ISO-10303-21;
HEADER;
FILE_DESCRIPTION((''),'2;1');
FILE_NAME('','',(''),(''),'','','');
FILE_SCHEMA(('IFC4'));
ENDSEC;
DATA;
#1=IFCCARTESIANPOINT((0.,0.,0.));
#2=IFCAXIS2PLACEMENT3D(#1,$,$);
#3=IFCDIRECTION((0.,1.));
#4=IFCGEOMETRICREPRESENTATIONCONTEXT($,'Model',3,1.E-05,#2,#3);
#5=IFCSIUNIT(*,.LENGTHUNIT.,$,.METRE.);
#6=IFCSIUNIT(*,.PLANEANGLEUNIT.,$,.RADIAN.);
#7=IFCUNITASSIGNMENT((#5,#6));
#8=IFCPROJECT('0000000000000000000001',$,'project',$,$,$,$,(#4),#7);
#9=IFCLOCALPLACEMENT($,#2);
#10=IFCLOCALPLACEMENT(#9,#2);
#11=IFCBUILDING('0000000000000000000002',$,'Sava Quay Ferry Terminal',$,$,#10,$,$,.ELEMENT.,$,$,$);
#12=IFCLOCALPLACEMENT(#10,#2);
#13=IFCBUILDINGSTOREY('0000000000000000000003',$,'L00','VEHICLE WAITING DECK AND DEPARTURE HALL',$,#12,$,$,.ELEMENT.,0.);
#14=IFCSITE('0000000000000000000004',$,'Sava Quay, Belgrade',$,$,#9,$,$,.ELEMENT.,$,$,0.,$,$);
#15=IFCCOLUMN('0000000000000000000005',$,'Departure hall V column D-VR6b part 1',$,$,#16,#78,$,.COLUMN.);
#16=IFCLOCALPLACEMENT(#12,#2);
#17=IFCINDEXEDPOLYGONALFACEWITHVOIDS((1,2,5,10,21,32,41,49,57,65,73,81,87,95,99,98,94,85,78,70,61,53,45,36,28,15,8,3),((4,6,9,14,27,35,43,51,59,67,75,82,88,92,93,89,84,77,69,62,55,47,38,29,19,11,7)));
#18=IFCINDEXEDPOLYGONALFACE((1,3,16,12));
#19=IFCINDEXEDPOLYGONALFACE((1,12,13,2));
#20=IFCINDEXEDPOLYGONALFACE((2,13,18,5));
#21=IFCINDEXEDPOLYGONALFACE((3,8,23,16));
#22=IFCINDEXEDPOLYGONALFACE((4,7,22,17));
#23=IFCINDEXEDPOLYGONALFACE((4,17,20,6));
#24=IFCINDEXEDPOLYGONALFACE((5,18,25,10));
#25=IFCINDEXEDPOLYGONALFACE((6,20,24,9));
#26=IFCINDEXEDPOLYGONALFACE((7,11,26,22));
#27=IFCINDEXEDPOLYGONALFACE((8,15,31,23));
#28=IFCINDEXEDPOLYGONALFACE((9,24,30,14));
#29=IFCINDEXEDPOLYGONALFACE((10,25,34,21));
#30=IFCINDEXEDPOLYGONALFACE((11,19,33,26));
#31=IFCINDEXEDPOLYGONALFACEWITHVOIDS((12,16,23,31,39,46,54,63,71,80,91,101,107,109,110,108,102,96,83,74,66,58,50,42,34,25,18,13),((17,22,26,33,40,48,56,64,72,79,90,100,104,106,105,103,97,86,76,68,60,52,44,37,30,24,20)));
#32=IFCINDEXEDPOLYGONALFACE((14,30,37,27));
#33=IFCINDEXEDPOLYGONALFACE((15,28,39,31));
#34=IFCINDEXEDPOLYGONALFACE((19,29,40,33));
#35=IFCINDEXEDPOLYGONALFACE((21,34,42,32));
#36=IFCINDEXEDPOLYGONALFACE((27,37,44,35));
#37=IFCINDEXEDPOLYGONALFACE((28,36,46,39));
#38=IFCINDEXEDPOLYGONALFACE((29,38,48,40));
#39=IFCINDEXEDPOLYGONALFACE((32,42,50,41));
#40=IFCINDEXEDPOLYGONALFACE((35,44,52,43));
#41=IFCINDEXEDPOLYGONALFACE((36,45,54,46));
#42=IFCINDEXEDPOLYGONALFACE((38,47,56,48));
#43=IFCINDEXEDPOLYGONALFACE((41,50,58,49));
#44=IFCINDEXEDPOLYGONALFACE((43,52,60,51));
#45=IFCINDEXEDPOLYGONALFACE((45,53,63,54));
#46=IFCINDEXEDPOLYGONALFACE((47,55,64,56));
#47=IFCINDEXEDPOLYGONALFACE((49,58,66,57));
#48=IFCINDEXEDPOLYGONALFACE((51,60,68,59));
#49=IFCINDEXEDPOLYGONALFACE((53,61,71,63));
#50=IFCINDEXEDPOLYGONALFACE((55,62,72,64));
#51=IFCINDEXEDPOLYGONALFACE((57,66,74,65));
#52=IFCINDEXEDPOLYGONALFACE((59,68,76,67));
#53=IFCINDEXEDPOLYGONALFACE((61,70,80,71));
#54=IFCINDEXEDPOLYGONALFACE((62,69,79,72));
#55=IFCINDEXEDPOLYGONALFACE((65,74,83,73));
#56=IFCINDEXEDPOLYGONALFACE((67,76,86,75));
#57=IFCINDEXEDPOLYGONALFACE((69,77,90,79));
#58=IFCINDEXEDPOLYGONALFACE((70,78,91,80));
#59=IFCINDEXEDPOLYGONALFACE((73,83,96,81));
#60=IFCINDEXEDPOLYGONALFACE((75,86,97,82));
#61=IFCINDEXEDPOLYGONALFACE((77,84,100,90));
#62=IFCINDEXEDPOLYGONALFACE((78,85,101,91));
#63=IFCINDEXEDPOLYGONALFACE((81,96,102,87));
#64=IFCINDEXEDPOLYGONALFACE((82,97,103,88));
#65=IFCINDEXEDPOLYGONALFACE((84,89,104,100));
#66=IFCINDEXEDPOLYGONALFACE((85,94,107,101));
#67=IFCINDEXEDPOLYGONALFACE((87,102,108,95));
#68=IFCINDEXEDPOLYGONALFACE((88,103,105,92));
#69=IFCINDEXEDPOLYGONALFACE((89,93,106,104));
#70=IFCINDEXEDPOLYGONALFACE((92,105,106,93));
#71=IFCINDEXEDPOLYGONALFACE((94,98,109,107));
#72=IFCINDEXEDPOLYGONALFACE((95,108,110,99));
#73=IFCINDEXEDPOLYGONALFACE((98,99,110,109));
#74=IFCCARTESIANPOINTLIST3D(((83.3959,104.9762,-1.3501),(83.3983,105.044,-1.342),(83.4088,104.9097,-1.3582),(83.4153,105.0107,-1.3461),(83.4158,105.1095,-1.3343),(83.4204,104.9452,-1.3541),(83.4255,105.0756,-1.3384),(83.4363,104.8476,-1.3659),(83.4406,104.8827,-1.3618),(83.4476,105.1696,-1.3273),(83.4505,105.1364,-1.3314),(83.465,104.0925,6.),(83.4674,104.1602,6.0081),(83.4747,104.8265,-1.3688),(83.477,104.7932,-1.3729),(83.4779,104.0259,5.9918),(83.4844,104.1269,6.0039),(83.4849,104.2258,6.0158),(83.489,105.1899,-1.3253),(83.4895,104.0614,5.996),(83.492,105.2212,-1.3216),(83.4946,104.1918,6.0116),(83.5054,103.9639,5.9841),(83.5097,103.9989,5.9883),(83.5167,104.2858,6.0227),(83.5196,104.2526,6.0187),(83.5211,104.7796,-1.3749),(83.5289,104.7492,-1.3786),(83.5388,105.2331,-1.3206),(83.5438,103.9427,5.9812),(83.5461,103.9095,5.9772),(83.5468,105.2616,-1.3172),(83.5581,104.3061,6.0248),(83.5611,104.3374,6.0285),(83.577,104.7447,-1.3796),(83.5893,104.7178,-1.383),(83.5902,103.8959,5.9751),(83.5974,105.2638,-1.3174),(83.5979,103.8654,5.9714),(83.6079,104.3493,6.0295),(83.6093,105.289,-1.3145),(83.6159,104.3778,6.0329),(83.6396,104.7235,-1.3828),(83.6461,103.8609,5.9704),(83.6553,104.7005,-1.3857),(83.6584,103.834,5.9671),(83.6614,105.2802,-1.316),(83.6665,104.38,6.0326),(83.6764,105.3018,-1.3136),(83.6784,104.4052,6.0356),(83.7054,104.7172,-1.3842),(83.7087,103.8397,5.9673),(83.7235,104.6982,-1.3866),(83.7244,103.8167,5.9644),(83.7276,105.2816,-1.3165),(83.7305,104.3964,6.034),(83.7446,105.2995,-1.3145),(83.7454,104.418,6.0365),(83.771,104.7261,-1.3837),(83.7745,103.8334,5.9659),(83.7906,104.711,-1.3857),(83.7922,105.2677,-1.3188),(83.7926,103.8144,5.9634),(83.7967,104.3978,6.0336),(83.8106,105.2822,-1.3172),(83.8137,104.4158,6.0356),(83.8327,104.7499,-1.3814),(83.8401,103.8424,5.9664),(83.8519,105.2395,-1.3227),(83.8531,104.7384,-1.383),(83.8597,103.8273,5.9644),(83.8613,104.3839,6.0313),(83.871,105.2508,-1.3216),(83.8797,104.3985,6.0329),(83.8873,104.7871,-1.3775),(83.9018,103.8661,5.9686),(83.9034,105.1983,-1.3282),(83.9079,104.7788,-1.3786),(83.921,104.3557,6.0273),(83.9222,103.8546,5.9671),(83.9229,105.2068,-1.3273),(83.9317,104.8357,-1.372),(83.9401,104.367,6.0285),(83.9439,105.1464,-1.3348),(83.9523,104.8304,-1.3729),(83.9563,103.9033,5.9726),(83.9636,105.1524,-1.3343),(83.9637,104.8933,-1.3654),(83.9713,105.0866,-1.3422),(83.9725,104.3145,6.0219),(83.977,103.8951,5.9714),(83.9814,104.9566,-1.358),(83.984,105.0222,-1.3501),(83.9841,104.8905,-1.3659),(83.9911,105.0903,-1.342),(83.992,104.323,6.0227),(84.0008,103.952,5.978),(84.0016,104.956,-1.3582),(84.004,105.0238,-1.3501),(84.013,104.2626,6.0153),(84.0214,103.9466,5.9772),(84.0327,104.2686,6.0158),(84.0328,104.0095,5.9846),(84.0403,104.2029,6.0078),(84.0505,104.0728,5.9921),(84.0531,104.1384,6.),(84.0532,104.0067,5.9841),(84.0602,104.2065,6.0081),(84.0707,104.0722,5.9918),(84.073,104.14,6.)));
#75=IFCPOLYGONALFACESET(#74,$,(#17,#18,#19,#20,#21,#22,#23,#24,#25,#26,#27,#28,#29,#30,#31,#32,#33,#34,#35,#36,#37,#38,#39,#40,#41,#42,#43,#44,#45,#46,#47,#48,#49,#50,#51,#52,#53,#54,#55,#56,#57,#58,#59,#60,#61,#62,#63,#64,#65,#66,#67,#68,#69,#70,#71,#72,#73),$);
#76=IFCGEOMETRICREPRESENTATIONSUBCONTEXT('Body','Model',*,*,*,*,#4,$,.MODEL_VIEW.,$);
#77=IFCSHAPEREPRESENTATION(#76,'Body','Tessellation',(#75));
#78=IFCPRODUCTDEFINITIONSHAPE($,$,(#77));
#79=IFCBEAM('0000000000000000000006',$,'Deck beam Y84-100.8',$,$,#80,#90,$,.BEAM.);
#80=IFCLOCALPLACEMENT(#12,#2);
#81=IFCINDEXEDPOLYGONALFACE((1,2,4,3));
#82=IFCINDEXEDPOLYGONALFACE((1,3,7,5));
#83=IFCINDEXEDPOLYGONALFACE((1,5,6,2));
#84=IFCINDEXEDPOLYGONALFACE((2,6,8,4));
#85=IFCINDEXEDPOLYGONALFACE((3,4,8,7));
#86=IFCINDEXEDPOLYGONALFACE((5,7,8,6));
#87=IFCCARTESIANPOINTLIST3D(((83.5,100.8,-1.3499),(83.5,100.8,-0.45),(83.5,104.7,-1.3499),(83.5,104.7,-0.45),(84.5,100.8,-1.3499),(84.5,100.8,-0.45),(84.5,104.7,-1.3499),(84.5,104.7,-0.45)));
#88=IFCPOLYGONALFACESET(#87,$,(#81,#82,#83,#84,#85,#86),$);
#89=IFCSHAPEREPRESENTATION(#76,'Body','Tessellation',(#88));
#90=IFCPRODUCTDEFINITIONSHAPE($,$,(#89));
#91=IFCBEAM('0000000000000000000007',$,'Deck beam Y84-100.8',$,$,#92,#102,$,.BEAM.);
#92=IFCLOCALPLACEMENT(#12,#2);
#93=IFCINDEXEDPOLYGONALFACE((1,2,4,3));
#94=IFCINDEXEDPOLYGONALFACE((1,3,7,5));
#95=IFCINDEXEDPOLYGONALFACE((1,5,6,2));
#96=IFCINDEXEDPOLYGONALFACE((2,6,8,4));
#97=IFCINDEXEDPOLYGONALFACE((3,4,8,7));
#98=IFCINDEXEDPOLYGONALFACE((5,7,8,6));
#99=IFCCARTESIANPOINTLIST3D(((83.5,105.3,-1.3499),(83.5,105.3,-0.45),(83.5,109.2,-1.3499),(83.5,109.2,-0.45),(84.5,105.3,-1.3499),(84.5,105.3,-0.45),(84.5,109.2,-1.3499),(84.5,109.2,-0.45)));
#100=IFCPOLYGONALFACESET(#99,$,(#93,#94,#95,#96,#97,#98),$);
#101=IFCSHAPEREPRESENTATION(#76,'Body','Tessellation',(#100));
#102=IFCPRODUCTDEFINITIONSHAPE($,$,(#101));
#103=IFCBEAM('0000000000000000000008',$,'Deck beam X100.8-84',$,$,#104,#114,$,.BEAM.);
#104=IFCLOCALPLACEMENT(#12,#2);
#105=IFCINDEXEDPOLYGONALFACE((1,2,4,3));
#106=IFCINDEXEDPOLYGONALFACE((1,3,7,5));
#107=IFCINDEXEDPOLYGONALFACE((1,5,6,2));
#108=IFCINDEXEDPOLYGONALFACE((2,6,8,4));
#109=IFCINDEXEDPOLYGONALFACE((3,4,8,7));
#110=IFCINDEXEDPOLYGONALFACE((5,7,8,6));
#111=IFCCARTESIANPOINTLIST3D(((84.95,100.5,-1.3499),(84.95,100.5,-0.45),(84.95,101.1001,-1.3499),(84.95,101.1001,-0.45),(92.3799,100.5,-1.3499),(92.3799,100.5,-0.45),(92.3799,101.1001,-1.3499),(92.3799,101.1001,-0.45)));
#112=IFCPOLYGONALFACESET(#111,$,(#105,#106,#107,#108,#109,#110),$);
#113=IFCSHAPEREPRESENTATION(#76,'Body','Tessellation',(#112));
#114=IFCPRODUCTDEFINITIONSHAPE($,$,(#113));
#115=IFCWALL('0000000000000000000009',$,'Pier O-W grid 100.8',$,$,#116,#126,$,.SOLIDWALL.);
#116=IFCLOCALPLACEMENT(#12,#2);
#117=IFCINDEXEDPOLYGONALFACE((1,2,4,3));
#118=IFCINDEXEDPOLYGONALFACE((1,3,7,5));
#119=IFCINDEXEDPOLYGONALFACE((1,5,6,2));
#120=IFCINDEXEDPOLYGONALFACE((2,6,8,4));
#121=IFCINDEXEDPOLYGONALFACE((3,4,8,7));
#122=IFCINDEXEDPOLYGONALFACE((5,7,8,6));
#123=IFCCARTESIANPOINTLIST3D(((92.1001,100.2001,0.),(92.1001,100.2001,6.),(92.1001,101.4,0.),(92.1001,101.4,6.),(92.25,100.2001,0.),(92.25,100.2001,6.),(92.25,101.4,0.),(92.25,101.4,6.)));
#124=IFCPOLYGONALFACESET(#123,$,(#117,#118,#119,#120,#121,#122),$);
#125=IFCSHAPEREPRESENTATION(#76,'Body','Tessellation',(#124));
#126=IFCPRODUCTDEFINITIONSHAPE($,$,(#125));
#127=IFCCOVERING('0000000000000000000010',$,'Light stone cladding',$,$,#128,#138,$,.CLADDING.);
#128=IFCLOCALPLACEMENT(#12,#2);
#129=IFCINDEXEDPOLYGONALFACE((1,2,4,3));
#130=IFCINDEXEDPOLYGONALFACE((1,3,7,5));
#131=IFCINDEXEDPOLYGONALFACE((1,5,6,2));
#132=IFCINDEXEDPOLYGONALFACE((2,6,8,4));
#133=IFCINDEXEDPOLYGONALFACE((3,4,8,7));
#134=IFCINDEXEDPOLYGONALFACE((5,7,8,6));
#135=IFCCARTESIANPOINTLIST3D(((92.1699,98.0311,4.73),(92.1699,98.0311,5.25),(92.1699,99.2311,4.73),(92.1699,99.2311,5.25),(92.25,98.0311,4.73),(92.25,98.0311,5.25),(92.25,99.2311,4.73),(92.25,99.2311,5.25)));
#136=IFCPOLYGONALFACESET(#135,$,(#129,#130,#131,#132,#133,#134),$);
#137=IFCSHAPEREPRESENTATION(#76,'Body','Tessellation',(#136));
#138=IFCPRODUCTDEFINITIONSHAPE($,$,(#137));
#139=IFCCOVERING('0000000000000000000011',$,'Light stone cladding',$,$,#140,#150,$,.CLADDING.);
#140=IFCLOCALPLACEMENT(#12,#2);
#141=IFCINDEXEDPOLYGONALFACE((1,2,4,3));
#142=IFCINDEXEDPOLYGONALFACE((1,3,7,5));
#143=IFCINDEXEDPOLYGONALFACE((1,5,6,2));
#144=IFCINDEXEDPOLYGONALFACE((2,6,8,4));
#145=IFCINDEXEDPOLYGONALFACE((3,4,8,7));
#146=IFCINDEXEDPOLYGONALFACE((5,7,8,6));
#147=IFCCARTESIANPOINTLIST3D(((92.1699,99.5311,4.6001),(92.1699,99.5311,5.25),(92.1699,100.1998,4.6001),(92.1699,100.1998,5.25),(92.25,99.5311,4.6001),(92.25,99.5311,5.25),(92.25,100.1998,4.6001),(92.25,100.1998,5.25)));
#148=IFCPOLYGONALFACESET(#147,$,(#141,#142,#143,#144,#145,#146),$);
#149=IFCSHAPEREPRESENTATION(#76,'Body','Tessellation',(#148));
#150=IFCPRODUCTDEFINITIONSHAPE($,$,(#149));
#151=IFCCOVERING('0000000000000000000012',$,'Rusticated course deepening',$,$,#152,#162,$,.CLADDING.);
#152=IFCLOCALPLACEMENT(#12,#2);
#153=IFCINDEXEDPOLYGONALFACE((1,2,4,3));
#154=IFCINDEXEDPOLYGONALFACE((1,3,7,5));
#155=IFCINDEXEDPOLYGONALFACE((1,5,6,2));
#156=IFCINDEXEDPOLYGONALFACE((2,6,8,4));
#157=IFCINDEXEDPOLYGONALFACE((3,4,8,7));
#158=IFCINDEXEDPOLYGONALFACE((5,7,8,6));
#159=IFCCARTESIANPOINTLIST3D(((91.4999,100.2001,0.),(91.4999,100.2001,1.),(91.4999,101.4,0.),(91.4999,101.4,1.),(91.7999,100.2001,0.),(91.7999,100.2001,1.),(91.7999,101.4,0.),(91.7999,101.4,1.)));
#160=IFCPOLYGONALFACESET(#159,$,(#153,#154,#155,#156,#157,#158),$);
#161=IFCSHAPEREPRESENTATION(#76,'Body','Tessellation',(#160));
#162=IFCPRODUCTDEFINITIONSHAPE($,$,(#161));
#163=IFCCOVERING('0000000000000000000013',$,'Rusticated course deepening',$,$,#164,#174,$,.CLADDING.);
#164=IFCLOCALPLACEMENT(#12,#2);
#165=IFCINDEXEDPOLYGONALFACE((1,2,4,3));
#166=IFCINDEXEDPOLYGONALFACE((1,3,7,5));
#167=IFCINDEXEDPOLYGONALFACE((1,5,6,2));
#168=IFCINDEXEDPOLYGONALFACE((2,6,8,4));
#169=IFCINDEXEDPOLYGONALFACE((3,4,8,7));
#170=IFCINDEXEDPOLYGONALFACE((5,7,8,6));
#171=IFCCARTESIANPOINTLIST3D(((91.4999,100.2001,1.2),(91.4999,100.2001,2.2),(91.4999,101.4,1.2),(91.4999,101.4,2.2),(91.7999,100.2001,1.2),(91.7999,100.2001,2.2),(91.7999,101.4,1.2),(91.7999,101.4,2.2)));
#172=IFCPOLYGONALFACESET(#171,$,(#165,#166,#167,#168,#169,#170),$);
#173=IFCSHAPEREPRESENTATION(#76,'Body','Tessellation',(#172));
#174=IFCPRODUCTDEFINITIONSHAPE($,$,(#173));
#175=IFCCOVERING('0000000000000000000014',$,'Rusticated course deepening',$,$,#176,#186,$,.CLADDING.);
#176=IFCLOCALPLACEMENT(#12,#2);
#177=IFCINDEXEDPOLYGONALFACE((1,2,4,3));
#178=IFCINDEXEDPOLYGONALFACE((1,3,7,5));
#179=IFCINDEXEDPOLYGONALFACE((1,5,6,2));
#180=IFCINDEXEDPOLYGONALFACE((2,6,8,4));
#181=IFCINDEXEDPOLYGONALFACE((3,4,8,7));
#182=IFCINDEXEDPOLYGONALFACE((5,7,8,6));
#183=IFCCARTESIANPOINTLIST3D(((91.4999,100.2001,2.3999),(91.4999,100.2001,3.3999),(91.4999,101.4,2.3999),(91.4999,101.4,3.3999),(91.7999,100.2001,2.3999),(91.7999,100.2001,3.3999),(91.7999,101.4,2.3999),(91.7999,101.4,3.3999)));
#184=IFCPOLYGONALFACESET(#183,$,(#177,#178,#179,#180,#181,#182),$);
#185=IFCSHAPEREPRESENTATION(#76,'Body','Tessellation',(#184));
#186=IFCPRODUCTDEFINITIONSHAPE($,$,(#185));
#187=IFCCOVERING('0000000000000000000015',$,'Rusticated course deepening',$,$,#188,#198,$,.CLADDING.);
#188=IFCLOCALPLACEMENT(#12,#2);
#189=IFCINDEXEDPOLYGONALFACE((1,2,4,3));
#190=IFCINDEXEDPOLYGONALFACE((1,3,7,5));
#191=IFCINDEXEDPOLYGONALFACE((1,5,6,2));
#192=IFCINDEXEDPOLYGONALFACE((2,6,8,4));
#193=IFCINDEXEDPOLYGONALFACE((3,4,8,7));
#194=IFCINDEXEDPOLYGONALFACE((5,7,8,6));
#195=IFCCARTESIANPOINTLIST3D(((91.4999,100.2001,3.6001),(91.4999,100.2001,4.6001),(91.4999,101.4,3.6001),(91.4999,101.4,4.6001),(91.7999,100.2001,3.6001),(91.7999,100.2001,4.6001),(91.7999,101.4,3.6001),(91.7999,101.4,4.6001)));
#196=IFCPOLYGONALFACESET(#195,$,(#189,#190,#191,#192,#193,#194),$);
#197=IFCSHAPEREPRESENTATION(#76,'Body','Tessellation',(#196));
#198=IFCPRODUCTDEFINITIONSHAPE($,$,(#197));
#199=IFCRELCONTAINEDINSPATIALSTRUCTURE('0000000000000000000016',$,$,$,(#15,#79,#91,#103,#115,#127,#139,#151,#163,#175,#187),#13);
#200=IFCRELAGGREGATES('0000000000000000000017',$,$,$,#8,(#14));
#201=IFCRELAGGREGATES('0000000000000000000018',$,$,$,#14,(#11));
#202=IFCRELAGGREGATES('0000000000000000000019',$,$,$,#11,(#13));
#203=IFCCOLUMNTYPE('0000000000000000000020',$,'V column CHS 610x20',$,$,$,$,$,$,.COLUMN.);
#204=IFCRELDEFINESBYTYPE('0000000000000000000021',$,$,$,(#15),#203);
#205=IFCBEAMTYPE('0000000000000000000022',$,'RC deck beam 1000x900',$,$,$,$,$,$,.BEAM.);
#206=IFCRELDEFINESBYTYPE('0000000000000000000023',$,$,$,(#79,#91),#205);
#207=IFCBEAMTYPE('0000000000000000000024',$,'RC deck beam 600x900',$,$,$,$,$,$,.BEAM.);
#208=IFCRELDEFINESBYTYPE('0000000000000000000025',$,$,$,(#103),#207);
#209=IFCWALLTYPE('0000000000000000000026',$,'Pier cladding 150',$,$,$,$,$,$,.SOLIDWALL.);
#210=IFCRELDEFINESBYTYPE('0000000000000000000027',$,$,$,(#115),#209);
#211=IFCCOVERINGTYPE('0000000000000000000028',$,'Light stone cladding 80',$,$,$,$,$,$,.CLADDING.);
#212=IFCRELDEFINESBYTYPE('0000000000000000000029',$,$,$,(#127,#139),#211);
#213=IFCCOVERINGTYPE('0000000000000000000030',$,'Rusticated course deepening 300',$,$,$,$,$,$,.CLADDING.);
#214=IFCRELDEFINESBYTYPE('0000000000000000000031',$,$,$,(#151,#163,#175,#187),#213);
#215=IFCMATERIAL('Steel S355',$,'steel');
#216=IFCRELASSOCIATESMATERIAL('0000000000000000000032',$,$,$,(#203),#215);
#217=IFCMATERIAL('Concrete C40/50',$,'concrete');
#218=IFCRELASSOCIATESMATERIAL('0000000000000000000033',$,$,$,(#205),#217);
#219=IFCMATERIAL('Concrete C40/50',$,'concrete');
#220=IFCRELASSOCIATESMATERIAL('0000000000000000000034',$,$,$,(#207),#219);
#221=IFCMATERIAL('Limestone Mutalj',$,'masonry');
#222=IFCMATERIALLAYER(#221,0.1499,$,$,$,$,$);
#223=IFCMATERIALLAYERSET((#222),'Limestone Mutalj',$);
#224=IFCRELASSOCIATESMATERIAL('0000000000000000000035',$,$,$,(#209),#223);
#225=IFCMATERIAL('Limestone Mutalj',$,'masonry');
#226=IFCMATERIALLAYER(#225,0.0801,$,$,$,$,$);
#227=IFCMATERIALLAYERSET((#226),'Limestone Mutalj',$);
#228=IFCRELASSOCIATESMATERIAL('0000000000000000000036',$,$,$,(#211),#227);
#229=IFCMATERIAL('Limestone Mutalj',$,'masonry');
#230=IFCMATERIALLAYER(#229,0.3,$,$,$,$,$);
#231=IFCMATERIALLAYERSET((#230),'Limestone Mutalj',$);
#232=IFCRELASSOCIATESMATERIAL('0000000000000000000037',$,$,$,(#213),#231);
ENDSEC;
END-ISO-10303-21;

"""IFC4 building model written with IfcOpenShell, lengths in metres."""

from ifc_helpers import new_model, si_unit, direction, frame, frame_2d, origin, origin_2d, place, context, subcontext, project, spatial, rectangle, hollow_circle, extrude, material, layer, layer_set, material_profile, profile_set, type_object, element, save


model = new_model("IFC4")

# Units and contexts
model_context = context("Model", 3, precision=1e-05, world=origin(), true_north=direction((0.0, 1.0)))
body_context = subcontext(model_context, "Body", "Model", "MODEL_VIEW")
ifc_project = project(units=[si_unit("LENGTHUNIT", "METRE"), si_unit("PLANEANGLEUNIT", "RADIAN")], contexts=[model_context])

# Site, building, storey
site_placement = place(None, origin())
site = spatial("IfcSite", under=ifc_project, at=site_placement, Name="Sava Quay, Belgrade", CompositionType="ELEMENT", RefElevation=0.0)
building_placement = place(site_placement, origin())
building = spatial("IfcBuilding", under=site, at=building_placement, Name="Sava Quay Ferry Terminal", CompositionType="ELEMENT")
storey_placement = place(building_placement, origin())
storey = spatial("IfcBuildingStorey", under=building, at=storey_placement, Name="L00", Description="VEHICLE WAITING DECK AND DEPARTURE HALL", CompositionType="ELEMENT", Elevation=0.0)

# Column
ifc_material_1 = material(Name="Steel S355", Category="steel")
ifc_material_profile_1 = material_profile(ifc_material_1, hollow_circle(Radius=0.3049, WallThickness=0.02, at=origin_2d()), Name="CHS 610 x 20.0")
ifc_profile_set_1 = profile_set([ifc_material_profile_1], Name="Steel S355")
column_type_1 = type_object("IfcColumnType", Name="V column CHS 610x20", PredefinedType="COLUMN", material=ifc_profile_set_1)
column_1_placement = place(storey_placement, frame((83.7, 105.0, -1.3501), z_axis=(0.009332, -0.119377, 0.992805), x_axis=(0.996958, 0.077939, 0.0)))
element("IfcColumn", 1, at=column_1_placement, inside=storey, type_object=column_type_1, Name="Departure hall V column D-VR6b part 1", PredefinedType="COLUMN", context=body_context, shape_type="SweptSolid", body=[
    extrude(hollow_circle(Radius=0.3049, WallThickness=0.02, at=origin_2d()), origin(), (0.0, 0.0, 1.0), 7.4033),
])

# Beams
ifc_material_2 = material(Name="Concrete C40/50", Category="concrete")
ifc_material_profile_2 = material_profile(ifc_material_2, rectangle(XDim=1.0, YDim=0.8999, at=origin_2d()), Name="RC 1000x900")
ifc_profile_set_2 = profile_set([ifc_material_profile_2], Name="Concrete C40/50")
beam_type_1 = type_object("IfcBeamType", Name="RC deck beam 1000x900", PredefinedType="BEAM", material=ifc_profile_set_2)
for number, where, z_axis, x_axis, name in (
    (2, (84.0, 100.8, -0.8999), (0.0, 1.0, 0.0), (-1.0, 0.0, 0.0), "Deck beam Y84-100.8"),
    (3, (84.0, 105.3, -0.8999), (0.0, 1.0, 0.0), (-1.0, 0.0, 0.0), "Deck beam Y84-100.8"),
):
    element("IfcBeam", number, at=place(storey_placement, frame(where, z_axis=z_axis, x_axis=x_axis)), inside=storey, type_object=beam_type_1, Name=name, PredefinedType="BEAM", context=body_context, shape_type="SweptSolid", body=[
        extrude(rectangle(XDim=1.0, YDim=0.8999, at=origin_2d()), origin(), (0.0, 0.0, 1.0), 3.8999),
    ])
ifc_material_3 = material(Name="Concrete C40/50", Category="concrete")
ifc_material_profile_3 = material_profile(ifc_material_3, rectangle(XDim=0.6001, YDim=0.8999, at=origin_2d()), Name="RC 600x900")
ifc_profile_set_3 = profile_set([ifc_material_profile_3], Name="Concrete C40/50")
beam_type_2 = type_object("IfcBeamType", Name="RC deck beam 600x900", PredefinedType="BEAM", material=ifc_profile_set_3)
beam_placement = place(storey_placement, frame((84.95, 100.8, -0.8999), z_axis=(1.0, 0.0, 0.0), x_axis=(0.0, 1.0, 0.0)))
element("IfcBeam", 4, at=beam_placement, inside=storey, type_object=beam_type_2, Name="Deck beam X100.8-84", PredefinedType="BEAM", context=body_context, shape_type="SweptSolid", body=[
    extrude(rectangle(XDim=0.6001, YDim=0.8999, at=origin_2d()), origin(), (0.0, 0.0, 1.0), 7.4299),
])

# Wall
ifc_material_4 = material(Name="Limestone Mutalj", Category="masonry")
ifc_layer_1 = layer(ifc_material_4, 0.1499)
ifc_layer_set_1 = layer_set([ifc_layer_1], Name="Limestone Mutalj")
wall_type = type_object("IfcWallType", Name="Pier cladding 150", PredefinedType="SOLIDWALL", material=ifc_layer_set_1)
wall_placement = place(storey_placement, frame((92.175, 100.2, 0.0), z_axis=(0.0, 0.0, 1.0), x_axis=(0.0, 1.0, 0.0)))
element("IfcWall", 5, at=wall_placement, inside=storey, type_object=wall_type, Name="Pier O-W grid 100.8", PredefinedType="SOLIDWALL", context=body_context, shape_type="SweptSolid", body=[
    extrude(rectangle(XDim=1.2, YDim=0.1499, at=frame_2d((0.6001, 0.0))), origin(), (0.0, 0.0, 1.0), 6.0),
])

# Coverings
ifc_material_5 = material(Name="Limestone Mutalj", Category="masonry")
ifc_layer_2 = layer(ifc_material_5, 0.0801)
ifc_layer_set_2 = layer_set([ifc_layer_2], Name="Limestone Mutalj")
covering_type_1 = type_object("IfcCoveringType", Name="Light stone cladding 80", PredefinedType="CLADDING", material=ifc_layer_set_2)
covering_1_placement = place(storey_placement, frame((92.21, 98.6311, 4.73), z_axis=(0.0, 0.0, 1.0), x_axis=(1.0, 0.0, 0.0)))
element("IfcCovering", 6, at=covering_1_placement, inside=storey, type_object=covering_type_1, Name="Light stone cladding", PredefinedType="CLADDING", context=body_context, shape_type="SweptSolid", body=[
    extrude(rectangle(XDim=0.0801, YDim=1.2, at=origin_2d()), origin(), (0.0, 0.0, 1.0), 0.52),
])
covering_2_placement = place(storey_placement, frame((92.21, 99.8655, 4.6001), z_axis=(0.0, 0.0, 1.0), x_axis=(1.0, 0.0, 0.0)))
element("IfcCovering", 7, at=covering_2_placement, inside=storey, type_object=covering_type_1, Name="Light stone cladding", PredefinedType="CLADDING", context=body_context, shape_type="SweptSolid", body=[
    extrude(rectangle(XDim=0.0801, YDim=0.6687, at=origin_2d()), origin(), (0.0, 0.0, 1.0), 0.6499),
])
ifc_material_6 = material(Name="Limestone Mutalj", Category="masonry")
ifc_layer_3 = layer(ifc_material_6, 0.3)
ifc_layer_set_3 = layer_set([ifc_layer_3], Name="Limestone Mutalj")
covering_type_2 = type_object("IfcCoveringType", Name="Rusticated course deepening 300", PredefinedType="CLADDING", material=ifc_layer_set_3)
for number, where, z_axis, x_axis, name in (
    (8, (91.6499, 100.8, 0.0), (0.0, 0.0, 1.0), (1.0, 0.0, 0.0), "Rusticated course deepening"),
    (9, (91.6499, 100.8, 1.2), (0.0, 0.0, 1.0), (1.0, 0.0, 0.0), "Rusticated course deepening"),
    (10, (91.6499, 100.8, 2.3999), (0.0, 0.0, 1.0), (1.0, 0.0, 0.0), "Rusticated course deepening"),
    (11, (91.6499, 100.8, 3.6001), (0.0, 0.0, 1.0), (1.0, 0.0, 0.0), "Rusticated course deepening"),
):
    element("IfcCovering", number, at=place(storey_placement, frame(where, z_axis=z_axis, x_axis=x_axis)), inside=storey, type_object=covering_type_2, Name=name, PredefinedType="CLADDING", context=body_context, shape_type="SweptSolid", body=[
        extrude(rectangle(XDim=0.3, YDim=1.2, at=origin_2d()), origin(), (0.0, 0.0, 1.0), 1.0),
    ])

save(model, "model.ifc")
